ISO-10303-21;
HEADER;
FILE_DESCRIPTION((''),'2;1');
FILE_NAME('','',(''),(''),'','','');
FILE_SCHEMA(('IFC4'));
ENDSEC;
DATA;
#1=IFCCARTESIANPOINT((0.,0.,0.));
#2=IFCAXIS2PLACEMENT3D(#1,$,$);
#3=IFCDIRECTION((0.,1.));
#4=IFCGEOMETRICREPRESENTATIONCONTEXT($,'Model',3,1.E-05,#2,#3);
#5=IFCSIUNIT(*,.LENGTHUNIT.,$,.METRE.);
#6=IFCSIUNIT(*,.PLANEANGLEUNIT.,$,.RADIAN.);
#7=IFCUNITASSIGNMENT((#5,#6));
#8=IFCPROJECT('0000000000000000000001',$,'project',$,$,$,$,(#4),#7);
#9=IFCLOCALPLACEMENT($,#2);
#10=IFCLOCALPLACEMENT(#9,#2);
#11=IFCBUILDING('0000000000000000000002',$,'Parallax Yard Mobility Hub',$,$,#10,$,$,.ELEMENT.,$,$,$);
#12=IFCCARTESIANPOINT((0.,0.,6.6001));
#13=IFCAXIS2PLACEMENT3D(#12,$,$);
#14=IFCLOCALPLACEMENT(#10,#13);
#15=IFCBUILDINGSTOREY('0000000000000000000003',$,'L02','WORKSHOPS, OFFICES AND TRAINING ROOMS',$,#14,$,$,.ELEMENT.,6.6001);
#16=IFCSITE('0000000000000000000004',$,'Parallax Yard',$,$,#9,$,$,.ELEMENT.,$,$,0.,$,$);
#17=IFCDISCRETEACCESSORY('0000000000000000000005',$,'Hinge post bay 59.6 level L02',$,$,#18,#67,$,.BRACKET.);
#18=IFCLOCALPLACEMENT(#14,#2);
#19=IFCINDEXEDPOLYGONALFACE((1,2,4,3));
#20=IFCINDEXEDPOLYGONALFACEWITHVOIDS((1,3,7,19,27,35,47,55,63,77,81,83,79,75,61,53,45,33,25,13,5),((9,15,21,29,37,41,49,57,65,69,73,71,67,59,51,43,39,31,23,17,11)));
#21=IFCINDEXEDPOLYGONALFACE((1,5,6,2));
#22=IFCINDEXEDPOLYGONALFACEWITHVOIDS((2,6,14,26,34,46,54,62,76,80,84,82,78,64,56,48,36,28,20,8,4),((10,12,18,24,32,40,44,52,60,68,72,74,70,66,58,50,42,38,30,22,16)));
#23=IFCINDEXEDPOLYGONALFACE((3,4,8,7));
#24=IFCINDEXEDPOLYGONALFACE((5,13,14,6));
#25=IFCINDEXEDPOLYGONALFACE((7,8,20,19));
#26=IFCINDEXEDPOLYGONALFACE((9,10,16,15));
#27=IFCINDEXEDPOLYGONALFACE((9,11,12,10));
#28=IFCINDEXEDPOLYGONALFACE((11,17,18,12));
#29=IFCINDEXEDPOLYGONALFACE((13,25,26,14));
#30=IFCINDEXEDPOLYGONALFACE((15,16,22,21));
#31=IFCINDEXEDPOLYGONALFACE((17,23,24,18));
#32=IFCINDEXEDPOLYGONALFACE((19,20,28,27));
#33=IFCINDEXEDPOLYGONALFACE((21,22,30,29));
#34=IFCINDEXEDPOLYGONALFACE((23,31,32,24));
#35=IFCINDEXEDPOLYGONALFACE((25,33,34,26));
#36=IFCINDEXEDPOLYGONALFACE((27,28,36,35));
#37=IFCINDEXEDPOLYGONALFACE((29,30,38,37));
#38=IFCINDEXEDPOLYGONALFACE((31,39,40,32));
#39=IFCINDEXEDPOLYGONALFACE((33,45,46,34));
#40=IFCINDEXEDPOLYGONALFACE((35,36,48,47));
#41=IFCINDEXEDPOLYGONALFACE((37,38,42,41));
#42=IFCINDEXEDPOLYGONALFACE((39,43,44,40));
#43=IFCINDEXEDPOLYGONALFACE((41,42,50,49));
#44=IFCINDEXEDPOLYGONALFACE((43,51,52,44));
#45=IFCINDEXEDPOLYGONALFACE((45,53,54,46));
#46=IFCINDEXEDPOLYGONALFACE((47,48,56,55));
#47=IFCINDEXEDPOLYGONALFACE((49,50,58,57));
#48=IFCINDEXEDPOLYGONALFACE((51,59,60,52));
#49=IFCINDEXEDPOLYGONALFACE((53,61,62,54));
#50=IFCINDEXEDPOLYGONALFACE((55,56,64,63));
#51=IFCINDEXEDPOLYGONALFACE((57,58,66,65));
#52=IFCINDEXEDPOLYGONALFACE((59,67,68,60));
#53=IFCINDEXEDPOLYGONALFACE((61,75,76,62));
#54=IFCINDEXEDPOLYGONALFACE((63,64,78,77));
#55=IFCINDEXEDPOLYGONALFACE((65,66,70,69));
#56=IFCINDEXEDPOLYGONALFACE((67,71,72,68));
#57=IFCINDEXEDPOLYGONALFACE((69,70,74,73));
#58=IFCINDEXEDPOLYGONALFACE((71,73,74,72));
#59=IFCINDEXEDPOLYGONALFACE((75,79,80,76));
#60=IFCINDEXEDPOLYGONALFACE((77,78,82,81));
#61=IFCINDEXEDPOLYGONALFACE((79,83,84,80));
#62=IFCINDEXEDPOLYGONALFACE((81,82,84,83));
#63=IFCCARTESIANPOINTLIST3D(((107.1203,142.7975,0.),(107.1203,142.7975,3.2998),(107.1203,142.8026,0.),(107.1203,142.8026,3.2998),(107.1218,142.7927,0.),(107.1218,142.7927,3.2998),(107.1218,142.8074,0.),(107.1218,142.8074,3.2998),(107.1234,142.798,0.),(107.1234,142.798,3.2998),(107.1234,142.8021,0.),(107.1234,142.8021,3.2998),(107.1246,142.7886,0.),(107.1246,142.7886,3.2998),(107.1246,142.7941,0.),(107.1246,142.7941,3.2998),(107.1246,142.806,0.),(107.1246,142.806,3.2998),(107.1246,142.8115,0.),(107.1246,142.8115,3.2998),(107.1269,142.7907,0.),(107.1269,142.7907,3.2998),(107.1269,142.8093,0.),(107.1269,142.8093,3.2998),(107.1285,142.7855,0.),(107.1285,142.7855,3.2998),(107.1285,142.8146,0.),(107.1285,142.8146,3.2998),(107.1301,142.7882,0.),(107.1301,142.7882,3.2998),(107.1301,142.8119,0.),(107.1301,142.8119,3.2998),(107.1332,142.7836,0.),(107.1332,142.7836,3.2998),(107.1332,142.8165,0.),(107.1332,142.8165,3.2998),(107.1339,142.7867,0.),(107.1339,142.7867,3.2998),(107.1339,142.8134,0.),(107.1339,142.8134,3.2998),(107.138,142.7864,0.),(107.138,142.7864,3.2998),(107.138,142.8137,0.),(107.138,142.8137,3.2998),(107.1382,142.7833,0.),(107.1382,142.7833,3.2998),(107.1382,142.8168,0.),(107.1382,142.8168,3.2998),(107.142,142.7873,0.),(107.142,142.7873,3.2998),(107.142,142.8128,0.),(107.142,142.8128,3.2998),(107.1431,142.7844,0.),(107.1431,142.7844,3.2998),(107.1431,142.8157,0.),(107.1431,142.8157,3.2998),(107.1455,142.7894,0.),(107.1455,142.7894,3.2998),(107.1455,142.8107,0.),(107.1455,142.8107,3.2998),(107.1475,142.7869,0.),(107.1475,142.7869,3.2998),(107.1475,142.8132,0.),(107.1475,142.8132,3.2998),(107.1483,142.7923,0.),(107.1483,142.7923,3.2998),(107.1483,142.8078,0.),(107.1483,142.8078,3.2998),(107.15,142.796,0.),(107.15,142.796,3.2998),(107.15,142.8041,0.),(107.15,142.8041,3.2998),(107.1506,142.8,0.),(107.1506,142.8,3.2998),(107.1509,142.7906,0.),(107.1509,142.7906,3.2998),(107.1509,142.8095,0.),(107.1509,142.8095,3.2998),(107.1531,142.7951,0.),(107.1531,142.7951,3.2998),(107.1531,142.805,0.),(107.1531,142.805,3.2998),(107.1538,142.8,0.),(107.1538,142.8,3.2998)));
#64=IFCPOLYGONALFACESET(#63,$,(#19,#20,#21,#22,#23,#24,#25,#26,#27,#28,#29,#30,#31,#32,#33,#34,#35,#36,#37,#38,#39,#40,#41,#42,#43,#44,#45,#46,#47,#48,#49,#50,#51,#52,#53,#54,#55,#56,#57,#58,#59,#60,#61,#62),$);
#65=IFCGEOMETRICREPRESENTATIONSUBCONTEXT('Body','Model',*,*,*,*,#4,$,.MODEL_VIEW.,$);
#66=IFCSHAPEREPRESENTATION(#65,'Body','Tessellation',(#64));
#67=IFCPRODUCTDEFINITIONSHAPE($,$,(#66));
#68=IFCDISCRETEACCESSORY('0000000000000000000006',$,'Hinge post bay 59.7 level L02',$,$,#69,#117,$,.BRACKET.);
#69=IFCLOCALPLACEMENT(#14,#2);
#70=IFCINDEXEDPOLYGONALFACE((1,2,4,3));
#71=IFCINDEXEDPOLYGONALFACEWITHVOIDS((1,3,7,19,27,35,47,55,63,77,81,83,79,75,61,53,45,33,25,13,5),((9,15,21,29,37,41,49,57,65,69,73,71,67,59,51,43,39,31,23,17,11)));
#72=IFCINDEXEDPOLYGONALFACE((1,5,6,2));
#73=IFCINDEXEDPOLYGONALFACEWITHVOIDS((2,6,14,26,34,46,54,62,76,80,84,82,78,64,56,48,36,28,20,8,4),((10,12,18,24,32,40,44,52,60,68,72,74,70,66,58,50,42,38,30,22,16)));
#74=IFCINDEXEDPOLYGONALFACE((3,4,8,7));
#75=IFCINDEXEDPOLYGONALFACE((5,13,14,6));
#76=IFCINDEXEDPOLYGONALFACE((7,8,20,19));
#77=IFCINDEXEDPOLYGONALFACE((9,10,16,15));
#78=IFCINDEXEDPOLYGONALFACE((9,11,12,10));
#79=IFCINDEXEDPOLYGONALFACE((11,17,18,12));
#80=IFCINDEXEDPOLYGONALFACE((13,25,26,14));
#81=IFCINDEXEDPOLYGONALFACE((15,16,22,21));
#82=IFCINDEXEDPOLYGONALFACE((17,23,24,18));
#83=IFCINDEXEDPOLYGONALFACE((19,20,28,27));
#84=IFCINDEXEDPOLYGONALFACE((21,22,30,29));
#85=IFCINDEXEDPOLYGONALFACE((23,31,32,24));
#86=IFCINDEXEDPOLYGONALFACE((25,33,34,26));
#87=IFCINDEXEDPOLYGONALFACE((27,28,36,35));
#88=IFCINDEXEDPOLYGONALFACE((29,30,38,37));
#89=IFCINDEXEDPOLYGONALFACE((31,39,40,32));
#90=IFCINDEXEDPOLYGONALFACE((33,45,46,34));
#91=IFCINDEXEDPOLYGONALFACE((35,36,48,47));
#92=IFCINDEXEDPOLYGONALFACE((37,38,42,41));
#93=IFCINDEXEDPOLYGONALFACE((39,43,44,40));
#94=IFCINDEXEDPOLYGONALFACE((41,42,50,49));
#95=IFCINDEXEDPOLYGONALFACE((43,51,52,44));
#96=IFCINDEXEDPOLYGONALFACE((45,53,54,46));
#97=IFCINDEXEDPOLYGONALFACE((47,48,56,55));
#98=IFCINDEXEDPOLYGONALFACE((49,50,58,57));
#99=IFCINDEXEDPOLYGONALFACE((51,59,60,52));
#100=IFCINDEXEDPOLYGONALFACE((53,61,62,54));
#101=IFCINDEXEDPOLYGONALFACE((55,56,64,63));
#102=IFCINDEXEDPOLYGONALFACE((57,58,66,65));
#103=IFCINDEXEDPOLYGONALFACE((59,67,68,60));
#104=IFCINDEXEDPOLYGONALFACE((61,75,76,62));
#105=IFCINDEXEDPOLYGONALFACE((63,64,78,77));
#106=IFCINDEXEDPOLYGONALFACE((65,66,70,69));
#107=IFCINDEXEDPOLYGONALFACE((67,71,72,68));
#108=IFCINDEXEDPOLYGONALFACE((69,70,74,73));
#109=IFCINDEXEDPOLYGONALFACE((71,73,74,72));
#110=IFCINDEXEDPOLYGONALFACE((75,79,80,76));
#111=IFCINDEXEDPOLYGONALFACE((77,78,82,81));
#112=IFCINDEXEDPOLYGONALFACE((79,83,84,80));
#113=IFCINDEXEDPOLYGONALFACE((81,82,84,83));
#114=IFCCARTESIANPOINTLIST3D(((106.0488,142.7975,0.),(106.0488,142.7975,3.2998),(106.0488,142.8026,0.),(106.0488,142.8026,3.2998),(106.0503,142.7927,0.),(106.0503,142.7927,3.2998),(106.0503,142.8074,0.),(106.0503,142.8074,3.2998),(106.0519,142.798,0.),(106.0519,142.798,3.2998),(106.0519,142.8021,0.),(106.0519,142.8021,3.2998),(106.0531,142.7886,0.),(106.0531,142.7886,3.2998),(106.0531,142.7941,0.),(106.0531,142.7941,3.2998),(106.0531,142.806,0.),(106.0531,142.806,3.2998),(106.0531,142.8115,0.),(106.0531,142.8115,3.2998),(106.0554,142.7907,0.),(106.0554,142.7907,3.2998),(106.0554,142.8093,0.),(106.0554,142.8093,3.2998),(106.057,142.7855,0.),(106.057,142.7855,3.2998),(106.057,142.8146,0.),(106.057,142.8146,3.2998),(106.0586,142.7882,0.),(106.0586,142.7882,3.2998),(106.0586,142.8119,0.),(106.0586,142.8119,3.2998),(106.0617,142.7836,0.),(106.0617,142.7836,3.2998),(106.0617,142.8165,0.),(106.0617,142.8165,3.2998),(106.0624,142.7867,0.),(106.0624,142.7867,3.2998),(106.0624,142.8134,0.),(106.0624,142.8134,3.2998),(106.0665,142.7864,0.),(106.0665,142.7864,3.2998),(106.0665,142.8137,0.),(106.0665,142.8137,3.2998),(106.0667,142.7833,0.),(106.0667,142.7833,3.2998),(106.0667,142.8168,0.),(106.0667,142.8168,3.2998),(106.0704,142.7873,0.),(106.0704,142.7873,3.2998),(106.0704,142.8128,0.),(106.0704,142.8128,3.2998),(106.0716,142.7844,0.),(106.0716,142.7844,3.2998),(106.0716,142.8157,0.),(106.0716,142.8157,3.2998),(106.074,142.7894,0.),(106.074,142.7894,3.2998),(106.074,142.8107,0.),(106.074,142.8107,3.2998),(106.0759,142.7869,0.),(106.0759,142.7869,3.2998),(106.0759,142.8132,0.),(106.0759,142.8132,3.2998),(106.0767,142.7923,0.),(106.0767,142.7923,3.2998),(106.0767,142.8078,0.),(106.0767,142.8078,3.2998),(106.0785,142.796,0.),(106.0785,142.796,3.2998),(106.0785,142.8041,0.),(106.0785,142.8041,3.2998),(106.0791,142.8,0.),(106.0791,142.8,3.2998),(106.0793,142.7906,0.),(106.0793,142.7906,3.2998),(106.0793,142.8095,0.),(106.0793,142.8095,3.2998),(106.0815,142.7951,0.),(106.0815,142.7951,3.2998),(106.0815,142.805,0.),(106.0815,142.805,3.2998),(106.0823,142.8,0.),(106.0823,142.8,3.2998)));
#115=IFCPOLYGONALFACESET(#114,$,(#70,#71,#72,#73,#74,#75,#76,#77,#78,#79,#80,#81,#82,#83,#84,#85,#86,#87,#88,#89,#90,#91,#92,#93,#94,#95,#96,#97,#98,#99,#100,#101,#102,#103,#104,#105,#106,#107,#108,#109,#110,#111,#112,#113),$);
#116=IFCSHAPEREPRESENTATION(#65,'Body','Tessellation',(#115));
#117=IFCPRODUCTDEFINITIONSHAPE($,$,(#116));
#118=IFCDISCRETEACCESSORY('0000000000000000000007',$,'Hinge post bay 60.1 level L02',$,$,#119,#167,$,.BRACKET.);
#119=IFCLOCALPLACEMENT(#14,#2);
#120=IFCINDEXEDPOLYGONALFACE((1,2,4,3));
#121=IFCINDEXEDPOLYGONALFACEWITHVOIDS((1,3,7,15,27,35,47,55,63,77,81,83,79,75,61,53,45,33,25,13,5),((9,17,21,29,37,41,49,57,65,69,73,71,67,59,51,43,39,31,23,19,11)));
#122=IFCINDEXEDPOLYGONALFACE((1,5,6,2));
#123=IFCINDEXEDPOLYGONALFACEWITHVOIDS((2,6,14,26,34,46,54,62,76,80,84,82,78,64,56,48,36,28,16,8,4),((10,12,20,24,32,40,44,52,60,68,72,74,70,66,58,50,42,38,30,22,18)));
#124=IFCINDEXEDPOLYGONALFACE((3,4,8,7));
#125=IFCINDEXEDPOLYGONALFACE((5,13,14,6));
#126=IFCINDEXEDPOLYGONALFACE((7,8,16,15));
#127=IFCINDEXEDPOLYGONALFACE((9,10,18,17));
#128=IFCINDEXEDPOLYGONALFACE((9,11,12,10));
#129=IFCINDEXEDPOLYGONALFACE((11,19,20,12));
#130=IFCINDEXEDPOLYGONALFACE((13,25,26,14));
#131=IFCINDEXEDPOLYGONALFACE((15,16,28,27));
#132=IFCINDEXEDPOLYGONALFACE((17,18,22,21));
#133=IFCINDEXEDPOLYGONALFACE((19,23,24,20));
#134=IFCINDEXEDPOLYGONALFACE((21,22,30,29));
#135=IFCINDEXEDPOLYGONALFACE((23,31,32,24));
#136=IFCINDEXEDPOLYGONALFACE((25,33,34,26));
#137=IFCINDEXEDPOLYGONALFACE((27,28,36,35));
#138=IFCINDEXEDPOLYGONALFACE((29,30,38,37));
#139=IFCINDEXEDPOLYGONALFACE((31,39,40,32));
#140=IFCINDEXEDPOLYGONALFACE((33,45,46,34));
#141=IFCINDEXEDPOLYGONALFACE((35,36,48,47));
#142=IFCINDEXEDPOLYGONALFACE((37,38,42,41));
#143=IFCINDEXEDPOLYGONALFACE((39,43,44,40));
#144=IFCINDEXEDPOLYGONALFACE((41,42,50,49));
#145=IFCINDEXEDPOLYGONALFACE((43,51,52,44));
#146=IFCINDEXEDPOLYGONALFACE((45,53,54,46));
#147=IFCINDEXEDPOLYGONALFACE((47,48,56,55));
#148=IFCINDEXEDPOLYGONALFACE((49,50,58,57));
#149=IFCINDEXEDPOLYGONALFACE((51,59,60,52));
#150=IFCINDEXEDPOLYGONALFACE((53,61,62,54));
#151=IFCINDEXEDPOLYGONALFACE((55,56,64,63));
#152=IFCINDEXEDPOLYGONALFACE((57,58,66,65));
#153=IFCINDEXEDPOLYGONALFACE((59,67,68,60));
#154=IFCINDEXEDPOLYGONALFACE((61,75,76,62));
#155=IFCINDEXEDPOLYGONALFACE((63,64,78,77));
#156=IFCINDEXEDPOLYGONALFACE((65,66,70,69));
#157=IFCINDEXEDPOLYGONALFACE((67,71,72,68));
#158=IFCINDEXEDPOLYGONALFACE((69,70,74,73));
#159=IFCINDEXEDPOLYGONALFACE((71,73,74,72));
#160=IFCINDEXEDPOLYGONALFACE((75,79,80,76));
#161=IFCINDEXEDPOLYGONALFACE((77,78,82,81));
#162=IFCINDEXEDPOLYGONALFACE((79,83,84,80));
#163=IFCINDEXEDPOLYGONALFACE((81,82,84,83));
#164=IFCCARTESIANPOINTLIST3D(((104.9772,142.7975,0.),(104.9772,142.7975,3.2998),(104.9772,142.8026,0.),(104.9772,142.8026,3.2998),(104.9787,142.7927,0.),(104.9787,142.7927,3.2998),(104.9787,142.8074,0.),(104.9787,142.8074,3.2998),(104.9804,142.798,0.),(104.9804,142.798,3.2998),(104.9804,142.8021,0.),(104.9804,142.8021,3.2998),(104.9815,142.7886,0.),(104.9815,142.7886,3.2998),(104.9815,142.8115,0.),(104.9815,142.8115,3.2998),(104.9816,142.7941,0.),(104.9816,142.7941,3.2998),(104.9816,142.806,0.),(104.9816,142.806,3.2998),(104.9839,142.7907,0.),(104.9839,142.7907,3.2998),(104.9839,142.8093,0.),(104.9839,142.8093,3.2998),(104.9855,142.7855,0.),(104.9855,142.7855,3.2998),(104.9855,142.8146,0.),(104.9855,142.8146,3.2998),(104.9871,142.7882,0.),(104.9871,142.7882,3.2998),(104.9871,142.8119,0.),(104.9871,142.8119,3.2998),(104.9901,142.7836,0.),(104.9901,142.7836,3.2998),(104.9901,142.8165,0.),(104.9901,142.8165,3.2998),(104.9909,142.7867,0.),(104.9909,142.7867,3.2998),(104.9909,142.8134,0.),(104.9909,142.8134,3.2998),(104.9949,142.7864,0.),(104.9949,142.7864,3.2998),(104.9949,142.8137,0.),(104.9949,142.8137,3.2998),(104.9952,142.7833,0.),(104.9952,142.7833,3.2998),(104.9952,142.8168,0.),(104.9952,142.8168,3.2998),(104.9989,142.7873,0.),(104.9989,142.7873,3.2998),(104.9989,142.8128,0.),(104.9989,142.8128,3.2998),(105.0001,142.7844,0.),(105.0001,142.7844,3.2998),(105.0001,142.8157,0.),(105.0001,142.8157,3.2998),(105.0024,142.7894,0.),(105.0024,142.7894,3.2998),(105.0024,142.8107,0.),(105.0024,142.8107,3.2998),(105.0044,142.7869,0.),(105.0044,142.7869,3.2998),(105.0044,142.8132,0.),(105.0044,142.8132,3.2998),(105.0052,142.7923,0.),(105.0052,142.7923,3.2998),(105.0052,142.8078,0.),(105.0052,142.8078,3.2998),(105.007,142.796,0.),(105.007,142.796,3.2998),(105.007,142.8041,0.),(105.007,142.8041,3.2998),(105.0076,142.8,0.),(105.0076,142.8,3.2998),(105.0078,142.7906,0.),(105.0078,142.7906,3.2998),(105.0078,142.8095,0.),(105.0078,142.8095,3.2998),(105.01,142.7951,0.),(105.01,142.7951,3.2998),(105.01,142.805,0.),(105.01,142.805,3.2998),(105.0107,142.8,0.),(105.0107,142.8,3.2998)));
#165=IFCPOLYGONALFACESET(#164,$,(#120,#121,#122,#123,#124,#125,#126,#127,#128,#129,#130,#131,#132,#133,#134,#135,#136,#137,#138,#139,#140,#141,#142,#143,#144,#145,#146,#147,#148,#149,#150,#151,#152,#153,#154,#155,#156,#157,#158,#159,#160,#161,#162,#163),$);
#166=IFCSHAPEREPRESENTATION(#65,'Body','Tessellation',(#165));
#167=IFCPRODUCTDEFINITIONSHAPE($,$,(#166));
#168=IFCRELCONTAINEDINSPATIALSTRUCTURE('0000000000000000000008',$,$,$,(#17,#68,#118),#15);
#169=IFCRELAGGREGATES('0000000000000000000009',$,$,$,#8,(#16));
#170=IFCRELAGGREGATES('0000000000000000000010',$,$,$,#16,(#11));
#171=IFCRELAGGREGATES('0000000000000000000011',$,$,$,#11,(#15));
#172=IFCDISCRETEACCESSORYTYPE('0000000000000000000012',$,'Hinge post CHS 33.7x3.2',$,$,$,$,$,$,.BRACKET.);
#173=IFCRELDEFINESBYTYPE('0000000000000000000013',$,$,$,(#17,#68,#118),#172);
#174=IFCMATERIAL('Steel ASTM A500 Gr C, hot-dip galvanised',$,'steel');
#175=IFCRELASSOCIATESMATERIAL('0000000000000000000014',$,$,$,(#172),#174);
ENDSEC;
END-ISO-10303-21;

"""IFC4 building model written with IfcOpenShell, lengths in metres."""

from ifc_helpers import new_model, si_unit, direction, frame, origin, origin_2d, place, context, subcontext, project, spatial, hollow_circle, extrude, material, material_profile, profile_set, type_object, element, save


model = new_model("IFC4")

# Units and contexts
model_context = context("Model", 3, precision=1e-05, world=origin(), true_north=direction((0.0, 1.0)))
body_context = subcontext(model_context, "Body", "Model", "MODEL_VIEW")
ifc_project = project(units=[si_unit("LENGTHUNIT", "METRE"), si_unit("PLANEANGLEUNIT", "RADIAN")], contexts=[model_context])

# Site, building, storey
site_placement = place(None, origin())
site = spatial("IfcSite", under=ifc_project, at=site_placement, Name="Parallax Yard", CompositionType="ELEMENT", RefElevation=0.0)
building_placement = place(site_placement, origin())
building = spatial("IfcBuilding", under=site, at=building_placement, Name="Parallax Yard Mobility Hub", CompositionType="ELEMENT")
storey_placement = place(building_placement, frame((0.0, 0.0, 6.6001)))
storey = spatial("IfcBuildingStorey", under=building, at=storey_placement, Name="L02", Description="WORKSHOPS, OFFICES AND TRAINING ROOMS", CompositionType="ELEMENT", Elevation=6.6001)

# Discrete accessories
ifc_material_1 = material(Name="Steel ASTM A500 Gr C, hot-dip galvanised", Category="steel")
ifc_material_profile = material_profile(ifc_material_1, hollow_circle(Radius=0.0168, WallThickness=0.0032, at=origin_2d()), Name="CHS 33.7x3.2")
ifc_profile_set = profile_set([ifc_material_profile], Name="Steel ASTM A500 Gr C, hot-dip galvanised")
discrete_accessory_type_1 = type_object("IfcDiscreteAccessoryType", Name="Hinge post CHS 33.7x3.2", PredefinedType="BRACKET", material=ifc_profile_set)
for number, where, z_axis, x_axis, name in (
    (1, (107.137, 142.8, 0.0), (0.0, 0.0, 1.0), (1.0, 0.0, 0.0), "Hinge post bay 59.6 level L02"),
    (2, (106.0654, 142.8, 0.0), (0.0, 0.0, 1.0), (1.0, 0.0, 0.0), "Hinge post bay 59.7 level L02"),
    (3, (104.9939, 142.8, 0.0), (0.0, 0.0, 1.0), (1.0, 0.0, 0.0), "Hinge post bay 60.1 level L02"),
):
    element("IfcDiscreteAccessory", number, at=place(storey_placement, frame(where, z_axis=z_axis, x_axis=x_axis)), inside=storey, type_object=discrete_accessory_type_1, Name=name, PredefinedType="BRACKET", context=body_context, shape_type="SweptSolid", body=[
        extrude(hollow_circle(Radius=0.0168, WallThickness=0.0032, at=origin_2d()), origin(), (0.0, 0.0, 1.0), 3.2998),
    ])

save(model, "model.ifc")
